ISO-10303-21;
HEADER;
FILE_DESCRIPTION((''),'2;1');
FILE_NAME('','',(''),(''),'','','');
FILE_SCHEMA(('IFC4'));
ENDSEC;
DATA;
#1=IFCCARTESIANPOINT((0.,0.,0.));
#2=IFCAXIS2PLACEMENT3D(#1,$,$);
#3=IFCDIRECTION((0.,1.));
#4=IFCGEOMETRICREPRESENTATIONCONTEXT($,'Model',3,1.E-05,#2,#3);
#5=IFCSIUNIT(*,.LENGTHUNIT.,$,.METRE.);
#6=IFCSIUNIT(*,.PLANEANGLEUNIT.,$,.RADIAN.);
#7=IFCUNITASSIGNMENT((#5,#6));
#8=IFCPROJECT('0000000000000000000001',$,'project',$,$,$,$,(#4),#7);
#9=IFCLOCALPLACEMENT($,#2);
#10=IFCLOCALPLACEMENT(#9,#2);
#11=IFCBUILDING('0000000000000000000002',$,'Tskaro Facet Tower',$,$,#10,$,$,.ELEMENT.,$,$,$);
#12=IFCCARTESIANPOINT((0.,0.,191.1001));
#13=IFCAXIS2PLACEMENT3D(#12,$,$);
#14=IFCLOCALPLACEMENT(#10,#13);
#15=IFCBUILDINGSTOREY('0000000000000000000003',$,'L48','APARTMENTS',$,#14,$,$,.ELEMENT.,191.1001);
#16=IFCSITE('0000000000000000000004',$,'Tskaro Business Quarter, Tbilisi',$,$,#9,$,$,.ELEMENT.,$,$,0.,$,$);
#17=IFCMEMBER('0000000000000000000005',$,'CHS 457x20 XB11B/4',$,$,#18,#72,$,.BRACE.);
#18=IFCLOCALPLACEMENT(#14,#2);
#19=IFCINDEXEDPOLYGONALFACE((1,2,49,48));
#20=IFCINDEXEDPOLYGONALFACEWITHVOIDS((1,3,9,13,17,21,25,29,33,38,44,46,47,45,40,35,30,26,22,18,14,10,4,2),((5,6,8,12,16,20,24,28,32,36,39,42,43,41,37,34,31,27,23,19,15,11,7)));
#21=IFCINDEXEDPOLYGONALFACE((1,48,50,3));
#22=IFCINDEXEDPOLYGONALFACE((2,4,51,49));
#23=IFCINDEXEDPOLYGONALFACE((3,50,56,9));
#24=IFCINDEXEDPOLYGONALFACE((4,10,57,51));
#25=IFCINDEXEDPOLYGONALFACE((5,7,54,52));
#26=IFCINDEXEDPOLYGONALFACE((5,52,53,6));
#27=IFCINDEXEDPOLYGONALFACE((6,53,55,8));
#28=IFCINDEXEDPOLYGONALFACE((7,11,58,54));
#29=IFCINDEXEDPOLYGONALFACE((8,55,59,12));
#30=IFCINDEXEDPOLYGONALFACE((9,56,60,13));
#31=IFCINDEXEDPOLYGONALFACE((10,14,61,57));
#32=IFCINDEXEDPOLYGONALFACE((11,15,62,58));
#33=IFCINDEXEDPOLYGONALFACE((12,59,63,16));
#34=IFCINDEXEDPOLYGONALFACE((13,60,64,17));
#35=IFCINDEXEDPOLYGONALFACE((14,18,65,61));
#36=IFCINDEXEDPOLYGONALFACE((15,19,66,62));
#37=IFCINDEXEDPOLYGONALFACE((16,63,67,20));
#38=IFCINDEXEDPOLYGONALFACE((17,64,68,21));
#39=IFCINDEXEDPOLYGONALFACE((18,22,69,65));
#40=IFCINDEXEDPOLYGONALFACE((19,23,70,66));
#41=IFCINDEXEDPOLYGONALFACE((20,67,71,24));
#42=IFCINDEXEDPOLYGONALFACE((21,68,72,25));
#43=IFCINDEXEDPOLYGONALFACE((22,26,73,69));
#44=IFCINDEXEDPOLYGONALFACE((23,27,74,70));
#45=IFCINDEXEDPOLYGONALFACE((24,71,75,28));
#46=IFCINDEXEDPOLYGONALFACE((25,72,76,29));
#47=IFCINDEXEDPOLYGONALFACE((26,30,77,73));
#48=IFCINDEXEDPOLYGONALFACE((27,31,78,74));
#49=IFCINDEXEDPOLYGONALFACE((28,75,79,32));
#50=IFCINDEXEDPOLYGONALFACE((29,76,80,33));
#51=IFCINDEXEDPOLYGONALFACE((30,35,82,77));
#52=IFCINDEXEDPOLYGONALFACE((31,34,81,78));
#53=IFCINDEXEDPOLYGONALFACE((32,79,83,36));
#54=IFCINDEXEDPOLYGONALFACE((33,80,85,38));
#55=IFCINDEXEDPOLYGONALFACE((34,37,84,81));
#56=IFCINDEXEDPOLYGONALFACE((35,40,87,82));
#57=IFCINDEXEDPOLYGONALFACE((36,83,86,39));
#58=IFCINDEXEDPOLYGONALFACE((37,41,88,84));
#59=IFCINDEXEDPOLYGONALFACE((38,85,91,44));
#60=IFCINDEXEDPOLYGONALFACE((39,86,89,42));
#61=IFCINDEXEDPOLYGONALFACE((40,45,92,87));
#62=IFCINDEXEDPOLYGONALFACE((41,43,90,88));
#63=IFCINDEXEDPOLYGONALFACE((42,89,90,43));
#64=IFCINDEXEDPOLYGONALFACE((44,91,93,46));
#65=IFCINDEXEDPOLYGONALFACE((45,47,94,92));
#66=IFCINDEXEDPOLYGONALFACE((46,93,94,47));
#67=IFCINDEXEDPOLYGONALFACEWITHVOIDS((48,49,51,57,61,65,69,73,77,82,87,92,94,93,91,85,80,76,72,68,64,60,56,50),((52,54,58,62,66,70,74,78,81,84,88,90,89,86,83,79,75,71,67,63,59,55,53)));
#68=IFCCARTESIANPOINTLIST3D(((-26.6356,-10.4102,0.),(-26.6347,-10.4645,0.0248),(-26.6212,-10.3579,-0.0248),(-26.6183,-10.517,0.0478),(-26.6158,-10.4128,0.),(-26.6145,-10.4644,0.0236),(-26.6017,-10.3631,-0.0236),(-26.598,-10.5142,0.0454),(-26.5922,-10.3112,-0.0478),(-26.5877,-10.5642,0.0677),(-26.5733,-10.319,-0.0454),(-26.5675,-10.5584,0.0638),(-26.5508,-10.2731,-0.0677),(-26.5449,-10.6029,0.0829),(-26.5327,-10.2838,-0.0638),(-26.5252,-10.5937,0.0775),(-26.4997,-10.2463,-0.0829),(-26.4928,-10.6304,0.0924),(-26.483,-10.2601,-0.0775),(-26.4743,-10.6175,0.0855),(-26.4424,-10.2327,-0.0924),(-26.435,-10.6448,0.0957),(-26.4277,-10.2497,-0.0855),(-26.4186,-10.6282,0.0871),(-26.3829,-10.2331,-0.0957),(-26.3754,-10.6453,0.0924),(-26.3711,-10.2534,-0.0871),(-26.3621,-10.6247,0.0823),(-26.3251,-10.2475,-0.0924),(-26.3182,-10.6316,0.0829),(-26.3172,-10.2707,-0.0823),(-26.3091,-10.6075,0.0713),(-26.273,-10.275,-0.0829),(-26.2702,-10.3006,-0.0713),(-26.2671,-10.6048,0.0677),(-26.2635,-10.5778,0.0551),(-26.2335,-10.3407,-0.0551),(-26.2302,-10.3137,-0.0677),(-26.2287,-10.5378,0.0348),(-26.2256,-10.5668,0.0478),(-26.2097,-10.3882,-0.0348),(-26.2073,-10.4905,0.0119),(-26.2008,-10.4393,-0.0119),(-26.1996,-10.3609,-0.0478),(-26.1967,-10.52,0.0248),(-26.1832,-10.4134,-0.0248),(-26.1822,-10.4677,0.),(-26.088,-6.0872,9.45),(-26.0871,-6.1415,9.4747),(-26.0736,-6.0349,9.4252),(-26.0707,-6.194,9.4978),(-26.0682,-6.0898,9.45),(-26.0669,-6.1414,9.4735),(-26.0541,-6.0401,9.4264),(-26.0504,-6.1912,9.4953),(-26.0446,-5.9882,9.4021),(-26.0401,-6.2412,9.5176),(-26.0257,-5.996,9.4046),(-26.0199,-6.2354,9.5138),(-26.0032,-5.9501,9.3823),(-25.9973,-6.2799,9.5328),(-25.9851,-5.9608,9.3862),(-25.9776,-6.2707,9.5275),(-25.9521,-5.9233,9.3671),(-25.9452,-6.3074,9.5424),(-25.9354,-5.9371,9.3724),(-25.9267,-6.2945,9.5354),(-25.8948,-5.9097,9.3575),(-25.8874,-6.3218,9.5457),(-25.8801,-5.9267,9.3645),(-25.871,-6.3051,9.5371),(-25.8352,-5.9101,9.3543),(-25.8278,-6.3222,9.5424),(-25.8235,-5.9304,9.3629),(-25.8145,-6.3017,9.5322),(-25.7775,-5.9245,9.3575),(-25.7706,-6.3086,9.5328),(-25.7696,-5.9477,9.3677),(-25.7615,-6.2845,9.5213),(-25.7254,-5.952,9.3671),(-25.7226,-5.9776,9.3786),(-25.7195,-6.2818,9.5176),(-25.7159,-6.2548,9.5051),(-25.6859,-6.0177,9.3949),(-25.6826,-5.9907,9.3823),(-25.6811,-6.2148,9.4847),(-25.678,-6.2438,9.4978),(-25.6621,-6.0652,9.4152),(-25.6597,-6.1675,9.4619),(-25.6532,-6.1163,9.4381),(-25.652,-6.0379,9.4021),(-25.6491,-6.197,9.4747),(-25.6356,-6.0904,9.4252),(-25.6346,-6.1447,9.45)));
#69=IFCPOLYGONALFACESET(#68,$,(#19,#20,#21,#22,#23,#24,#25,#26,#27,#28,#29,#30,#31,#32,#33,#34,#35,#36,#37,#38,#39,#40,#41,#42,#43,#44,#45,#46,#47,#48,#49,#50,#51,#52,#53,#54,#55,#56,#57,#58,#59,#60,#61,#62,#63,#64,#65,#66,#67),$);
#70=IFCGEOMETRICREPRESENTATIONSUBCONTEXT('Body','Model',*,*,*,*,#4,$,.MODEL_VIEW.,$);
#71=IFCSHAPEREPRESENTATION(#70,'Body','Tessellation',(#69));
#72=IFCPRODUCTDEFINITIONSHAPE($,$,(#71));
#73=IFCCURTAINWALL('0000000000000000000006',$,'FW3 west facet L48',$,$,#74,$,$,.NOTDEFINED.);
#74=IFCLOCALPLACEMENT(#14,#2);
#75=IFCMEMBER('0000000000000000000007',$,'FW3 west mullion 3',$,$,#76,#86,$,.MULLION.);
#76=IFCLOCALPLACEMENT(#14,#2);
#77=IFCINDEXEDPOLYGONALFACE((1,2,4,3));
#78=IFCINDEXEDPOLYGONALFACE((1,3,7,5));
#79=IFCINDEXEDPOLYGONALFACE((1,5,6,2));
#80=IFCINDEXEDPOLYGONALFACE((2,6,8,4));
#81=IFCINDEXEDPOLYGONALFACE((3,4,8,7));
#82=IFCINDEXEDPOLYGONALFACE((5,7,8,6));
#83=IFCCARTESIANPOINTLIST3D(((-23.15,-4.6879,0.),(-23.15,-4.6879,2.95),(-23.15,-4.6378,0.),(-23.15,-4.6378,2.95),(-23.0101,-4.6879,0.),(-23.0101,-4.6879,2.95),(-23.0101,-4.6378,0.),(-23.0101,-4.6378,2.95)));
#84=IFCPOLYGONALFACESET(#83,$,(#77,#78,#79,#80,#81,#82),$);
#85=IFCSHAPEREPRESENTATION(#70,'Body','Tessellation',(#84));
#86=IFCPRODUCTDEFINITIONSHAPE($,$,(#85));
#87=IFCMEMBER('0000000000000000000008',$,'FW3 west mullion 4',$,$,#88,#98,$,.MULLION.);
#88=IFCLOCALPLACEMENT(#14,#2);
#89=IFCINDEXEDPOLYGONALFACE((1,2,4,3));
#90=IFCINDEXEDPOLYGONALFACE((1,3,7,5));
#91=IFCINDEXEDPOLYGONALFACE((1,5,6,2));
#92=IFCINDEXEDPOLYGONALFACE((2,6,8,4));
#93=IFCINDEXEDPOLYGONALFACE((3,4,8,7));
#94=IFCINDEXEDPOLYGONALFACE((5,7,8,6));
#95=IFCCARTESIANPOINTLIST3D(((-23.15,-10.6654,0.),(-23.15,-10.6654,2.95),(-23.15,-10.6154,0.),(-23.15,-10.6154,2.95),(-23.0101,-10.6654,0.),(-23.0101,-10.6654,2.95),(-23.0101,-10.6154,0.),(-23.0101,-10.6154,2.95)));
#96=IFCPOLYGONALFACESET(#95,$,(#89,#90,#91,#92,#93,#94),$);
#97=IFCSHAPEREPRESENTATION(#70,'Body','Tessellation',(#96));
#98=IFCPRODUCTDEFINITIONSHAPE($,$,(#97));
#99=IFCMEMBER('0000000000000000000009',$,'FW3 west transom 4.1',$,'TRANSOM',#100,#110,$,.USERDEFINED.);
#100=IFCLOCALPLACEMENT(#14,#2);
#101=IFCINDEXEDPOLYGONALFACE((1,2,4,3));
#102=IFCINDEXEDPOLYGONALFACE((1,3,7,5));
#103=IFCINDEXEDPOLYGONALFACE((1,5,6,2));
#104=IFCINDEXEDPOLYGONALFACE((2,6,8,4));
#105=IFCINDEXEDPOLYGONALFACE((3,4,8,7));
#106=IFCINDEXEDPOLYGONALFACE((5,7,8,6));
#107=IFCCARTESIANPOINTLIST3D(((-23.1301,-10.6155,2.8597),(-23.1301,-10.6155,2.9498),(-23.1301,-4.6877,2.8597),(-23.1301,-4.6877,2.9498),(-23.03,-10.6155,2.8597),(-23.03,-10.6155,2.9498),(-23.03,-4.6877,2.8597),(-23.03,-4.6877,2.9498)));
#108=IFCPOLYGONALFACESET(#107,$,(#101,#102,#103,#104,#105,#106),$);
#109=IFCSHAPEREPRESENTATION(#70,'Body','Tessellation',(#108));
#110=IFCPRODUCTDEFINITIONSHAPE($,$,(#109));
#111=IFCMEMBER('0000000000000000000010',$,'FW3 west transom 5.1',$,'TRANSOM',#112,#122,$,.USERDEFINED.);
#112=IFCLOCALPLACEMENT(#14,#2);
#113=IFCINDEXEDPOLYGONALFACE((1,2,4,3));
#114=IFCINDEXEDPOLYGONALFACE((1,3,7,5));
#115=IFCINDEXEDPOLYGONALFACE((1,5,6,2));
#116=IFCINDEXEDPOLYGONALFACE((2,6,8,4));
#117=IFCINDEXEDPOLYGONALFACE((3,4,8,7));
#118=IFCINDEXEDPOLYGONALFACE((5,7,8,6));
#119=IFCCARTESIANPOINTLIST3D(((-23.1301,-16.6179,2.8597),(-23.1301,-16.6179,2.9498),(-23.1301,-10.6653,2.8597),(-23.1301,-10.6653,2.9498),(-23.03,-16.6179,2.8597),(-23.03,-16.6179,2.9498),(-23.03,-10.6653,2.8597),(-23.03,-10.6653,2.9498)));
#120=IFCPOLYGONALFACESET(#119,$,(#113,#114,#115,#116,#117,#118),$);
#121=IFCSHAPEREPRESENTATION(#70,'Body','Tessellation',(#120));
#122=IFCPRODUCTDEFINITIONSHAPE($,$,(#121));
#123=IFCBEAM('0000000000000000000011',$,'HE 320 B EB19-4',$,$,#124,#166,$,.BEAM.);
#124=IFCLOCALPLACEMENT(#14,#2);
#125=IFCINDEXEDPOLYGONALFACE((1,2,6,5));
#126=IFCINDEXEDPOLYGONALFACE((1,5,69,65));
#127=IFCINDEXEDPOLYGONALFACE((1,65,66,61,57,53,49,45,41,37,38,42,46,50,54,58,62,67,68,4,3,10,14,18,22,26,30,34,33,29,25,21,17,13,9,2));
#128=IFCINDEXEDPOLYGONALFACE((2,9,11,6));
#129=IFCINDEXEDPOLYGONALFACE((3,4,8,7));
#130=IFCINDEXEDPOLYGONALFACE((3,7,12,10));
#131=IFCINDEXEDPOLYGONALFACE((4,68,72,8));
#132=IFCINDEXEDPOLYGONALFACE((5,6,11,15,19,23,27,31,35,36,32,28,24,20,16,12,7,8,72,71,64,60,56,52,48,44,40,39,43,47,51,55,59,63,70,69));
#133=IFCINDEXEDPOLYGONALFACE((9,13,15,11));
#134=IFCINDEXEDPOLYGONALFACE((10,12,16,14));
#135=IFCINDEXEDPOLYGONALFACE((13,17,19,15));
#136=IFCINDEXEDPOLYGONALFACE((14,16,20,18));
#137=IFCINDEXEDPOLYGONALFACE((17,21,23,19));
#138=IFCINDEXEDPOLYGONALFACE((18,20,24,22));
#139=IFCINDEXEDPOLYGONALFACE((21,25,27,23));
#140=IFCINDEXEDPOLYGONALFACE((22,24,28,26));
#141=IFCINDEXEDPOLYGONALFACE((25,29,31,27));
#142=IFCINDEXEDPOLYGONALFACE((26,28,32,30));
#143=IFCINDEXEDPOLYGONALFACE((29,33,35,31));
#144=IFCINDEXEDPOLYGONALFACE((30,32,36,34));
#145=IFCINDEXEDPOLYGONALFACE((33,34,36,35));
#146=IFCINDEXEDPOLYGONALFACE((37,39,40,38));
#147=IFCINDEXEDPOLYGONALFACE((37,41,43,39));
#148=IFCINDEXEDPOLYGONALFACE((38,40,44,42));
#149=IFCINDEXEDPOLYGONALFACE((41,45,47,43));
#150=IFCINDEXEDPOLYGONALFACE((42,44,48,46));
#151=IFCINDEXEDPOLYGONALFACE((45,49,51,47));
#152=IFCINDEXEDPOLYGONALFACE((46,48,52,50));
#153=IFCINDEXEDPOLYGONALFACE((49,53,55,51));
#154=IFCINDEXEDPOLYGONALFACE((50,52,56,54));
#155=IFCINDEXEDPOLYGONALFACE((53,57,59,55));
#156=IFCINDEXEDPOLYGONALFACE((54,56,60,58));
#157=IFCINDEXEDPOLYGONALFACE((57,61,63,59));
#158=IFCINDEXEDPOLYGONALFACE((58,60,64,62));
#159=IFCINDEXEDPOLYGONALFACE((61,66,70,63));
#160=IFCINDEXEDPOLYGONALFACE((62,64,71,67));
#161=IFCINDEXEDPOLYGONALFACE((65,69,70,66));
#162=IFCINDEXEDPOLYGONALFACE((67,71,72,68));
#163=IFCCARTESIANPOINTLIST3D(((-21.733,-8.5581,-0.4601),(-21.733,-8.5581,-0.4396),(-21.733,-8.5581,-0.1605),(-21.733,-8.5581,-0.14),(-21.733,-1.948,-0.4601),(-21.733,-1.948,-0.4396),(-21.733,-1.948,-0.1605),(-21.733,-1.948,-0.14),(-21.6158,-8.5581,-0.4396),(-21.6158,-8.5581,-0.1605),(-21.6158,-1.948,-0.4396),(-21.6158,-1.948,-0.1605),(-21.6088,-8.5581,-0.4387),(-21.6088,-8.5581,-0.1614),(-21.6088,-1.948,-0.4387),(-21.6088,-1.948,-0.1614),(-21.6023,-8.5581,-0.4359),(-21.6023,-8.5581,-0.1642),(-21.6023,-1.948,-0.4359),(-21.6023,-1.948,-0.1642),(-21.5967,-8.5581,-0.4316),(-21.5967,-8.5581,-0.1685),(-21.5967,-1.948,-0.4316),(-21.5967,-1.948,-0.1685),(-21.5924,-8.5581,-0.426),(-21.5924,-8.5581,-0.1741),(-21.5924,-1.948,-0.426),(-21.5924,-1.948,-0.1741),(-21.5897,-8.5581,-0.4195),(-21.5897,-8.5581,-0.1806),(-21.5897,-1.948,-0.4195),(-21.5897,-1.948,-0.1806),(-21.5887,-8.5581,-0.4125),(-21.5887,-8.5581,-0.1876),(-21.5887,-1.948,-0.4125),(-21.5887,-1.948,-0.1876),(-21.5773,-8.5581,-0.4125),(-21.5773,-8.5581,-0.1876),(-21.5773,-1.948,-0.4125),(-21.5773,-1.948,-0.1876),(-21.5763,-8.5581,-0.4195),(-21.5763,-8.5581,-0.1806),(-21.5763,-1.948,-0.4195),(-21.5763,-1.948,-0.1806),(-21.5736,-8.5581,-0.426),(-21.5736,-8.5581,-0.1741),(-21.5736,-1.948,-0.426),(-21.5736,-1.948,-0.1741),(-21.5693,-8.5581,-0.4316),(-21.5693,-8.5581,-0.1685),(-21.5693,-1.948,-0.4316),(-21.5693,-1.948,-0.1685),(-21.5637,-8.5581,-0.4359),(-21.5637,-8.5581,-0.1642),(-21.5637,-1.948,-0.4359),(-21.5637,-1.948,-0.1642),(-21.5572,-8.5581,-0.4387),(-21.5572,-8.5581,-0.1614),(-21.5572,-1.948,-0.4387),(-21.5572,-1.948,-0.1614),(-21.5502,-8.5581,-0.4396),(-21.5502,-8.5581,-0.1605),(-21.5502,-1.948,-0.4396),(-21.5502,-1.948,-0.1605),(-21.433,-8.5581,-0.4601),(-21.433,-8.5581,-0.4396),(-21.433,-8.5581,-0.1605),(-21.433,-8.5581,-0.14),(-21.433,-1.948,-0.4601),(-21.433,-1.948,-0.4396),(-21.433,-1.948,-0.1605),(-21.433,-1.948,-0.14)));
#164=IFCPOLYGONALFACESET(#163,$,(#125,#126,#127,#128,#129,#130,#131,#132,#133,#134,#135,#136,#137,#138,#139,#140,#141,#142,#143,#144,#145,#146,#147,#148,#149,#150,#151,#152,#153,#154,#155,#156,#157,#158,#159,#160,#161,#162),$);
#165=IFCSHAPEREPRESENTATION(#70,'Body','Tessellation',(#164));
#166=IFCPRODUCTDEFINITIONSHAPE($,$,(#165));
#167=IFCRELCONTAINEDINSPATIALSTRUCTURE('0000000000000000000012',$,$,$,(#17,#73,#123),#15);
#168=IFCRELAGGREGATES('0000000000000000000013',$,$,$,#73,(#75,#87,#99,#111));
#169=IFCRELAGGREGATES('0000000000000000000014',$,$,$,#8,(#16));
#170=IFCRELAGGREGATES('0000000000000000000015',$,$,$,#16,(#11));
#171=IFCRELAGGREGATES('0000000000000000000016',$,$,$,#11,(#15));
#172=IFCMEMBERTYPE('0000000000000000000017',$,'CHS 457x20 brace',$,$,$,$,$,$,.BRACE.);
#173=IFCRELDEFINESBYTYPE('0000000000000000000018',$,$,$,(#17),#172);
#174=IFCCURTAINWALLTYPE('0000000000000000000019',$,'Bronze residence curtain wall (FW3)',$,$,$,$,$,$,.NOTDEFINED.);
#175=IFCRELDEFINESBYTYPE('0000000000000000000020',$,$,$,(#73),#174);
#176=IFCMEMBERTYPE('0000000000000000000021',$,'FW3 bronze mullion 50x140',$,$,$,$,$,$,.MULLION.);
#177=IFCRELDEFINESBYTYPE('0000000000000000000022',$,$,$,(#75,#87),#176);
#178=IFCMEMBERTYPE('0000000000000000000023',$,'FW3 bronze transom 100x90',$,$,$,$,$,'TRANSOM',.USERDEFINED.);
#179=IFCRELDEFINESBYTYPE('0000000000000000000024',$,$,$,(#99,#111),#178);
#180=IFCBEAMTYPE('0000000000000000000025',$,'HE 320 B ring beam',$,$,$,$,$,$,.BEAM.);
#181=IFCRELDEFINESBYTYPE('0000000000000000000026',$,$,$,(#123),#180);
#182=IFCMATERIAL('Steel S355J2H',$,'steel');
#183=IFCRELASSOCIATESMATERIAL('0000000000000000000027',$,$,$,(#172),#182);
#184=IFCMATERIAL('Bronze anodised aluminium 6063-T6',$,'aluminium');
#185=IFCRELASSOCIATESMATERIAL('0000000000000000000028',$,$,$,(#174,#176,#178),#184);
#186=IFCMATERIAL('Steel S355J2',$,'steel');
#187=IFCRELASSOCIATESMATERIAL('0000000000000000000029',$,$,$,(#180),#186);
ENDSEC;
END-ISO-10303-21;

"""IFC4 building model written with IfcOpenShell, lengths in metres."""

from ifc_helpers import new_model, si_unit, direction, frame, origin, origin_2d, place, context, subcontext, project, spatial, rectangle, hollow_circle, i_section, extrude, material, material_profile, profile_set, type_object, element, aggregate, save


model = new_model("IFC4")

# Units and contexts
model_context = context("Model", 3, precision=1e-05, world=origin(), true_north=direction((0.0, 1.0)))
body_context = subcontext(model_context, "Body", "Model", "MODEL_VIEW")
ifc_project = project(units=[si_unit("LENGTHUNIT", "METRE"), si_unit("PLANEANGLEUNIT", "RADIAN")], contexts=[model_context])

# Site, building, storey
site_placement = place(None, origin())
site = spatial("IfcSite", under=ifc_project, at=site_placement, Name="Tskaro Business Quarter, Tbilisi", CompositionType="ELEMENT", RefElevation=0.0)
building_placement = place(site_placement, origin())
building = spatial("IfcBuilding", under=site, at=building_placement, Name="Tskaro Facet Tower", CompositionType="ELEMENT")
storey_placement = place(building_placement, frame((0.0, 0.0, 191.1001)))
storey = spatial("IfcBuildingStorey", under=building, at=storey_placement, Name="L48", Description="APARTMENTS", CompositionType="ELEMENT", Elevation=191.1001)

# Shared definitions
ifc_material_1 = material(Name="Steel S355J2H", Category="steel")

# Member
ifc_material_profile_1 = material_profile(ifc_material_1, hollow_circle(Radius=0.2285, WallThickness=0.02, at=origin_2d()), Name="CHS 457x20")
ifc_profile_set_1 = profile_set([ifc_material_profile_1], Name="Steel S355J2H")
member_type_1 = type_object("IfcMemberType", Name="CHS 457x20 brace", PredefinedType="BRACE", material=ifc_profile_set_1)
member_1_placement = place(storey_placement, frame((-26.4089, -10.439, 0.0), z_axis=(0.052623, 0.415424, 0.908105), x_axis=(-0.992072, 0.125669, 0.0)))
element("IfcMember", 1, at=member_1_placement, inside=storey, type_object=member_type_1, Name="CHS 457x20 XB11B/4", PredefinedType="BRACE", context=body_context, shape_type="SweptSolid", body=[
    extrude(hollow_circle(Radius=0.2285, WallThickness=0.02, at=origin_2d()), origin(), (0.0, 0.0, 1.0), 10.4062),
])

# Curtain wall, members
ifc_material_2 = material(Name="Bronze anodised aluminium 6063-T6", Category="aluminium")
curtain_wall_type = type_object("IfcCurtainWallType", Name="Bronze residence curtain wall (FW3)", PredefinedType="NOTDEFINED", material=ifc_material_2)
curtain_wall_placement = place(storey_placement, origin())
curtain_wall = element("IfcCurtainWall", 2, at=curtain_wall_placement, inside=storey, type_object=curtain_wall_type, Name="FW3 west facet L48", PredefinedType="NOTDEFINED")
ifc_material_profile_2 = material_profile(ifc_material_2, rectangle(XDim=0.05, YDim=0.1399, at=origin_2d()), Name="Mullion 50x140")
ifc_profile_set_2 = profile_set([ifc_material_profile_2], Name="Bronze anodised aluminium 6063-T6")
member_type_2 = type_object("IfcMemberType", Name="FW3 bronze mullion 50x140", PredefinedType="MULLION", material=ifc_profile_set_2)
member_2_placement = place(storey_placement, frame((-23.0801, -4.6628, 0.0), z_axis=(0.0, 0.0, 1.0), x_axis=(0.0, -1.0, 0.0)))
member_2 = element("IfcMember", 3, at=member_2_placement, type_object=member_type_2, Name="FW3 west mullion 3", PredefinedType="MULLION", context=body_context, shape_type="SweptSolid", body=[
    extrude(rectangle(XDim=0.05, YDim=0.1399, at=origin_2d()), origin(), (0.0, 0.0, 1.0), 2.95),
])
member_3_placement = place(storey_placement, frame((-23.0801, -10.6404, 0.0), z_axis=(0.0, 0.0, 1.0), x_axis=(0.0, -1.0, 0.0)))
member_3 = element("IfcMember", 4, at=member_3_placement, type_object=member_type_2, Name="FW3 west mullion 4", PredefinedType="MULLION", context=body_context, shape_type="SweptSolid", body=[
    extrude(rectangle(XDim=0.05, YDim=0.1399, at=origin_2d()), origin(), (0.0, 0.0, 1.0), 2.95),
])
ifc_material_profile_3 = material_profile(ifc_material_2, rectangle(XDim=0.1001, YDim=0.0901, at=origin_2d()), Name="Transom 100x90")
ifc_profile_set_3 = profile_set([ifc_material_profile_3], Name="Bronze anodised aluminium 6063-T6")
member_type_3 = type_object("IfcMemberType", Name="FW3 bronze transom 100x90", ElementType="TRANSOM", PredefinedType="USERDEFINED", material=ifc_profile_set_3)
member_4_placement = place(storey_placement, frame((-23.0801, -4.6877, 2.9048), z_axis=(0.0, -1.0, 0.0), x_axis=(1.0, 0.0, 0.0)))
member_4 = element("IfcMember", 5, at=member_4_placement, type_object=member_type_3, Name="FW3 west transom 4.1", ObjectType="TRANSOM", PredefinedType="USERDEFINED", context=body_context, shape_type="SweptSolid", body=[
    extrude(rectangle(XDim=0.1001, YDim=0.0901, at=origin_2d()), origin(), (0.0, 0.0, 1.0), 5.9277),
])
member_5_placement = place(storey_placement, frame((-23.0801, -10.6653, 2.9048), z_axis=(0.0, -1.0, 0.0), x_axis=(1.0, 0.0, 0.0)))
member_5 = element("IfcMember", 6, at=member_5_placement, type_object=member_type_3, Name="FW3 west transom 5.1", ObjectType="TRANSOM", PredefinedType="USERDEFINED", context=body_context, shape_type="SweptSolid", body=[
    extrude(rectangle(XDim=0.1001, YDim=0.0901, at=origin_2d()), origin(), (0.0, 0.0, 1.0), 5.9526),
])

# Beam
ifc_material_3 = material(Name="Steel S355J2", Category="steel")
ifc_material_profile_4 = material_profile(ifc_material_3, i_section(OverallWidth=0.3, OverallDepth=0.3201, WebThickness=0.0115, FlangeThickness=0.0205, FilletRadius=0.0271, at=origin_2d()), Name="HE 320 B")
ifc_profile_set_4 = profile_set([ifc_material_profile_4], Name="Steel S355J2")
beam_type_1 = type_object("IfcBeamType", Name="HE 320 B ring beam", PredefinedType="BEAM", material=ifc_profile_set_4)
for number, where, z_axis, x_axis, name in (
    (7, (-21.583, -1.948, -0.3), (0.0, -1.0, 0.0), (1.0, 0.0, 0.0), "HE 320 B EB19-4"),
):
    element("IfcBeam", number, at=place(storey_placement, frame(where, z_axis=z_axis, x_axis=x_axis)), inside=storey, type_object=beam_type_1, Name=name, PredefinedType="BEAM", context=body_context, shape_type="SweptSolid", body=[
        extrude(i_section(OverallWidth=0.3, OverallDepth=0.3201, WebThickness=0.0115, FlangeThickness=0.0205, FilletRadius=0.0271, at=origin_2d()), origin(), (0.0, 0.0, 1.0), 6.6101),
    ])

aggregate(curtain_wall, [member_2, member_3, member_4, member_5])

save(model, "model.ifc")
